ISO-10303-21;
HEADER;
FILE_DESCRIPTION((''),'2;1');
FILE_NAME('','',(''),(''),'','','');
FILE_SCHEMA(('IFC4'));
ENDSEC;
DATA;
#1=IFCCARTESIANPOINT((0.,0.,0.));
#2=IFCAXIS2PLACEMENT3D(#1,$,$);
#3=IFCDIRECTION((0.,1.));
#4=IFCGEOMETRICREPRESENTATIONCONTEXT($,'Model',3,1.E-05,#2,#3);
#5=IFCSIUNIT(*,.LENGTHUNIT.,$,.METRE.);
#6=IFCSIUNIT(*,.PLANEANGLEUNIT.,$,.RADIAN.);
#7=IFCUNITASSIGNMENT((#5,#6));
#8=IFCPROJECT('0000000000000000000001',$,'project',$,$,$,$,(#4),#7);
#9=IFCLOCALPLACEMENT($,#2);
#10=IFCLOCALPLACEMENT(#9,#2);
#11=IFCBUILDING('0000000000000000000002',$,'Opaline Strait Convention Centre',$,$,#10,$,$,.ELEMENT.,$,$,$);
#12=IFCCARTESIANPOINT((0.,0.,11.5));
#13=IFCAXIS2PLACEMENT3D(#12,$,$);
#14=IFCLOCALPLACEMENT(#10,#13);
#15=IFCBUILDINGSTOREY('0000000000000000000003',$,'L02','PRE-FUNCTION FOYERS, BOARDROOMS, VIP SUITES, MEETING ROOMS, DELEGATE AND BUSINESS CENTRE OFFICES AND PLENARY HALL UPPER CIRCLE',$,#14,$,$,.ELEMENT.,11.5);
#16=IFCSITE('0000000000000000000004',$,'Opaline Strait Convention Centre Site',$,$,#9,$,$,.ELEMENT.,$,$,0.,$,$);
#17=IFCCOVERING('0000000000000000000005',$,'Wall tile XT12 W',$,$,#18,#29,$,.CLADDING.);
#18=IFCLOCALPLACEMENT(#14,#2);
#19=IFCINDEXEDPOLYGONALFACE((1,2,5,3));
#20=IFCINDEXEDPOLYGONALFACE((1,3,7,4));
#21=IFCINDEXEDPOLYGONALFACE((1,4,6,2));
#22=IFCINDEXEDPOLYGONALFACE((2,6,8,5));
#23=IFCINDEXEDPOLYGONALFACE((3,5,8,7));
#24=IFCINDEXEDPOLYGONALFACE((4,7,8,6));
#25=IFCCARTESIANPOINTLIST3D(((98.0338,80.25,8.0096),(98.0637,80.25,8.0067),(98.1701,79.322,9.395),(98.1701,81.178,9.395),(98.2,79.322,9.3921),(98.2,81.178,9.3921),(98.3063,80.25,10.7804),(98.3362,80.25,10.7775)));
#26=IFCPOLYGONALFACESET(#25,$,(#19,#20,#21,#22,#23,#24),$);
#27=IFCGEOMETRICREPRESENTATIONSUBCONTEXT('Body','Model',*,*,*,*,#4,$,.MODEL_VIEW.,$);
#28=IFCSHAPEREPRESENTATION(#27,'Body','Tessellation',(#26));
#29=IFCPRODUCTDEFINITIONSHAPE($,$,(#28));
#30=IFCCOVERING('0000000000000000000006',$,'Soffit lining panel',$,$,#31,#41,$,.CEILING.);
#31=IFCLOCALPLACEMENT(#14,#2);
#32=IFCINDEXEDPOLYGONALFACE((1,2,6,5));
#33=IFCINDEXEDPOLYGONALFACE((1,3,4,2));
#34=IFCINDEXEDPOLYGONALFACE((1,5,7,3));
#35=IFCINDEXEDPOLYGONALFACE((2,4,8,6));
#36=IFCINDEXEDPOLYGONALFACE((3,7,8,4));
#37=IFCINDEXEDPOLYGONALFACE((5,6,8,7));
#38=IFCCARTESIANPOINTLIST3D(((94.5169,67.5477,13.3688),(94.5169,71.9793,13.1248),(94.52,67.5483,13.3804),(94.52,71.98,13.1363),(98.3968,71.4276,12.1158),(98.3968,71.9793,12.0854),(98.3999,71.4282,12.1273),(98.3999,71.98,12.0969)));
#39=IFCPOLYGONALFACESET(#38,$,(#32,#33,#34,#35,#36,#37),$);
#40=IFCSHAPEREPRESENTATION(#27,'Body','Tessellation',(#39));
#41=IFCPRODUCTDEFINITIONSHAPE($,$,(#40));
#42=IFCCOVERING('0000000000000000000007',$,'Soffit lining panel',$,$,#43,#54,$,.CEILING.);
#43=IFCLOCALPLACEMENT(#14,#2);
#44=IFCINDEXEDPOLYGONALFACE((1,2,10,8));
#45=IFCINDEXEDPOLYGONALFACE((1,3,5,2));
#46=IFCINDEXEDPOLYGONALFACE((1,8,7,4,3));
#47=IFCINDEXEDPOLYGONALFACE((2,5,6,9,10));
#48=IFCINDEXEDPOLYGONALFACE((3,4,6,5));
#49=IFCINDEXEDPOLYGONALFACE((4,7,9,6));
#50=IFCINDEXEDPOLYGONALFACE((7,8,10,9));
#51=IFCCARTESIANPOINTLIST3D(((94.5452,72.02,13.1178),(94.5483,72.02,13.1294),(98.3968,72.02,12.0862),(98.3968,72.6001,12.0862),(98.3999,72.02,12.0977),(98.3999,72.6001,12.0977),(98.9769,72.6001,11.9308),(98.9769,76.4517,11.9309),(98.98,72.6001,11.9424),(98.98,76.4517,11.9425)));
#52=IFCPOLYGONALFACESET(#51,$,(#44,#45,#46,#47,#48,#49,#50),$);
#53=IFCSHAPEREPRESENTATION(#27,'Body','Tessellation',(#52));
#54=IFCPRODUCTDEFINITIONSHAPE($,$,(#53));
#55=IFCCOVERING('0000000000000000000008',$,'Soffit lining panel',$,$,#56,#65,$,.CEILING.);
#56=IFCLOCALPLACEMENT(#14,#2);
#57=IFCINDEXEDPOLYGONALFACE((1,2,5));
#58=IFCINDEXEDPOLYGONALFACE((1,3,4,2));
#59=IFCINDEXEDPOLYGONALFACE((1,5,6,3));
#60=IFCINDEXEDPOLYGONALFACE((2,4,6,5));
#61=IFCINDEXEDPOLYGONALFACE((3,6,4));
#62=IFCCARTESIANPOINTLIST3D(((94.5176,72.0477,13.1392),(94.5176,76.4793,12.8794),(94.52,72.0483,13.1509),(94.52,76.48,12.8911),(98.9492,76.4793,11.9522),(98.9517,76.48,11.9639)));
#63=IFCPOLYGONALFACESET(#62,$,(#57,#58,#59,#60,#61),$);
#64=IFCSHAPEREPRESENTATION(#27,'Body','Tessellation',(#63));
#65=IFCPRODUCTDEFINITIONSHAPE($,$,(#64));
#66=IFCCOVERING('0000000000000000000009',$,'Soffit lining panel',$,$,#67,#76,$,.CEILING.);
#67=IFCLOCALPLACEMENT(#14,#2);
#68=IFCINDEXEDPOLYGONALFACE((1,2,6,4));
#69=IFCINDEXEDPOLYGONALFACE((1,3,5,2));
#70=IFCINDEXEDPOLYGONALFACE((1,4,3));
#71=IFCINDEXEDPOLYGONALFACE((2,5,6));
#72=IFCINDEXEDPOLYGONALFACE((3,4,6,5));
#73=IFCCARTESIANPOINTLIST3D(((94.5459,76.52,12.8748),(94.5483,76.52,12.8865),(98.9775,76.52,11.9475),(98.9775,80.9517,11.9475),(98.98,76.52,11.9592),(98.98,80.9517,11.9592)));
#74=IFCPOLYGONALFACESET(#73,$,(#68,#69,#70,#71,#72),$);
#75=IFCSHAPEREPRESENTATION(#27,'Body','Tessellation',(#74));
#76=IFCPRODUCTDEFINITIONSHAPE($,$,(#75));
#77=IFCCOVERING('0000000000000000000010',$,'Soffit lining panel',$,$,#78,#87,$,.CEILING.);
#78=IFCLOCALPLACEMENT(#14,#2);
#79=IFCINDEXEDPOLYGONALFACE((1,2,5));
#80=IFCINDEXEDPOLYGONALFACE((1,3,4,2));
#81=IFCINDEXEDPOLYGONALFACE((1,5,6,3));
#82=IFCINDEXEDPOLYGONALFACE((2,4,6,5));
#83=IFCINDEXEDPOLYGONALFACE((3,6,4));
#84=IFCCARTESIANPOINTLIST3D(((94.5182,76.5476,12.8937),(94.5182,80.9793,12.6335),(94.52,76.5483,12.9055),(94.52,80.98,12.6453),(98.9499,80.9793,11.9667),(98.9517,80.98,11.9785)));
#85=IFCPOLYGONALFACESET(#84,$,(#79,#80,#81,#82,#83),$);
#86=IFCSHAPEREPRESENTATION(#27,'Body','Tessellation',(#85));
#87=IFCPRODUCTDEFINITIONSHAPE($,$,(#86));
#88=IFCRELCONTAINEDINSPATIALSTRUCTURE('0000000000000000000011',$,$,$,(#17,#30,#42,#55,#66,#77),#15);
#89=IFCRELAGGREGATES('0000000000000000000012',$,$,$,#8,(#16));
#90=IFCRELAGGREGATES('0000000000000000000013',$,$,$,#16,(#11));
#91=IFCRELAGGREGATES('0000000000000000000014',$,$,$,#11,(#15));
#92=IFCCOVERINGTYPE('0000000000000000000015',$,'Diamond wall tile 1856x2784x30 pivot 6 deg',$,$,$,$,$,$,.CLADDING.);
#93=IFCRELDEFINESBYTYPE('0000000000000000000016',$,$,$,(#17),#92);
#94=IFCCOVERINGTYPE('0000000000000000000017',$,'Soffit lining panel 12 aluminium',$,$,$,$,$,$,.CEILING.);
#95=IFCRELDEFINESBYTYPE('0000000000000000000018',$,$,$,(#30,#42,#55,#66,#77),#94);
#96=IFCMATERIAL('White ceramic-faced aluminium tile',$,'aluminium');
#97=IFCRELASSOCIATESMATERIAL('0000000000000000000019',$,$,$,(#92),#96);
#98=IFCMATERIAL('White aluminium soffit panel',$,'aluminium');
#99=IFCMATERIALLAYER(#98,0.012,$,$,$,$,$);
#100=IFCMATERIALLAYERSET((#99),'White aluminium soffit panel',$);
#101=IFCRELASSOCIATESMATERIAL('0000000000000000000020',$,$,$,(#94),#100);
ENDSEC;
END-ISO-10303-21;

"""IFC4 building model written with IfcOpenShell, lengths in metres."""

from ifc_helpers import new_model, si_unit, direction, frame, origin, place, context, subcontext, project, spatial, polyline, outline, extrude, material, layer, layer_set, material_profile, profile_set, type_object, element, save


model = new_model("IFC4")

# Units and contexts
model_context = context("Model", 3, precision=1e-05, world=origin(), true_north=direction((0.0, 1.0)))
body_context = subcontext(model_context, "Body", "Model", "MODEL_VIEW")
ifc_project = project(units=[si_unit("LENGTHUNIT", "METRE"), si_unit("PLANEANGLEUNIT", "RADIAN")], contexts=[model_context])

# Site, building, storey
site_placement = place(None, origin())
site = spatial("IfcSite", under=ifc_project, at=site_placement, Name="Opaline Strait Convention Centre Site", CompositionType="ELEMENT", RefElevation=0.0)
building_placement = place(site_placement, origin())
building = spatial("IfcBuilding", under=site, at=building_placement, Name="Opaline Strait Convention Centre", CompositionType="ELEMENT")
storey_placement = place(building_placement, frame((0.0, 0.0, 11.5)))
storey = spatial("IfcBuildingStorey", under=building, at=storey_placement, Name="L02", Description="PRE-FUNCTION FOYERS, BOARDROOMS, VIP SUITES, MEETING ROOMS, DELEGATE AND BUSINESS CENTRE OFFICES AND PLENARY HALL UPPER CIRCLE", CompositionType="ELEMENT", Elevation=11.5)

# Coverings
ifc_material_1 = material(Name="White ceramic-faced aluminium tile", Category="aluminium")
ifc_material_profile_1 = material_profile(ifc_material_1, outline(polyline([(0.928, 0.0), (0.0, 1.3921), (-0.928, 0.0), (0.0, -1.3921), (0.928, 0.0)])), Name="Diamond tile 1856x2784")
ifc_profile_set_1 = profile_set([ifc_material_profile_1], Name="White ceramic-faced aluminium tile")
covering_type_1 = type_object("IfcCoveringType", Name="Diamond wall tile 1856x2784x30 pivot 6 deg", PredefinedType="CLADDING", material=ifc_profile_set_1)
covering_1_placement = place(storey_placement, frame((98.2, 80.25, 9.3921), z_axis=(-0.995197, 0.0, 0.097888), x_axis=(0.0, -1.0, 0.0)))
element("IfcCovering", 1, at=covering_1_placement, inside=storey, type_object=covering_type_1, Name="Wall tile XT12 W", PredefinedType="CLADDING", context=body_context, shape_type="SweptSolid", body=[
    extrude(outline(polyline([(0.928, 0.0), (0.0, 1.3921), (-0.928, 0.0), (0.0, -1.3921), (0.928, 0.0)])), origin(), (0.0, 0.0, 1.0), 0.03),
])
ifc_material_2 = material(Name="White aluminium soffit panel", Category="aluminium")
ifc_layer = layer(ifc_material_2, 0.012)
ifc_layer_set = layer_set([ifc_layer], Name="White aluminium soffit panel")
covering_type_2 = type_object("IfcCoveringType", Name="Soffit lining panel 12 aluminium", PredefinedType="CEILING", material=ifc_layer_set)
covering_2_placement = place(storey_placement, frame((98.3999, 71.98, 12.0969), z_axis=(0.258408, 0.053115, 0.964574), x_axis=(-0.000061, -0.998486, 0.054999)))
element("IfcCovering", 2, at=covering_2_placement, inside=storey, type_object=covering_type_2, Name="Soffit lining panel", PredefinedType="CEILING", context=body_context, shape_type="SweptSolid", body=[
    extrude(outline(polyline([(0.0, 0.0), (0.5526, 0.0), (4.4958, -4.016), (0.0574, -4.0163), (0.0, 0.0)])), origin(), (0.0, 0.0, -1.0), 0.012),
])
covering_3_placement = place(storey_placement, frame((94.5483, 72.02, 13.1294), z_axis=(0.258735, -0.000023, 0.965948), x_axis=(0.694759, 0.694756, -0.186079)))
element("IfcCovering", 3, at=covering_3_placement, inside=storey, type_object=covering_type_2, Name="Soffit lining panel", PredefinedType="CEILING", context=body_context, shape_type="SweptSolid", body=[
    extrude(outline(polyline([(0.0, 0.0), (6.3787, 0.0), (3.7028, -2.7702), (3.2709, -2.353), (2.8679, -2.7702), (0.0, 0.0)])), origin(), (0.0, 0.0, -1.0), 0.012),
])
covering_4_placement = place(storey_placement, frame((94.52, 72.0483, 13.1509), z_axis=(0.204462, 0.05728, 0.977197), x_axis=(0.0, 0.998286, -0.058516)))
element("IfcCovering", 4, at=covering_4_placement, inside=storey, type_object=covering_type_2, Name="Soffit lining panel", PredefinedType="CEILING", context=body_context, shape_type="SweptSolid", body=[
    extrude(outline(polyline([(0.0, 0.0), (4.4392, 0.0), (4.4935, -4.5273), (0.0, 0.0)])), origin(), (0.0, 0.0, -1.0), 0.012),
])
covering_5_placement = place(storey_placement, frame((94.5483, 76.52, 12.8865), z_axis=(0.204798, 0.0, 0.978804), x_axis=(0.699493, 0.699493, -0.146357)))
element("IfcCovering", 5, at=covering_5_placement, inside=storey, type_object=covering_type_2, Name="Soffit lining panel", PredefinedType="CEILING", context=body_context, shape_type="SweptSolid", body=[
    extrude(outline(polyline([(0.0, 0.0), (6.3355, 0.0), (3.2356, -3.167), (0.0, 0.0)])), origin(), (0.0, 0.0, -1.0), 0.012),
])
covering_6_placement = place(storey_placement, frame((94.52, 76.5483, 12.9055), z_axis=(0.148527, 0.057975, 0.987207), x_axis=(0.0, 0.99828, -0.058625)))
element("IfcCovering", 6, at=covering_6_placement, inside=storey, type_object=covering_type_2, Name="Soffit lining panel", PredefinedType="CEILING", context=body_context, shape_type="SweptSolid", body=[
    extrude(outline(polyline([(0.0, 0.0), (4.4393, 0.0), (4.4784, -4.4813), (0.0, 0.0)])), origin(), (0.0, 0.0, -1.0), 0.012),
])

save(model, "model.ifc")
